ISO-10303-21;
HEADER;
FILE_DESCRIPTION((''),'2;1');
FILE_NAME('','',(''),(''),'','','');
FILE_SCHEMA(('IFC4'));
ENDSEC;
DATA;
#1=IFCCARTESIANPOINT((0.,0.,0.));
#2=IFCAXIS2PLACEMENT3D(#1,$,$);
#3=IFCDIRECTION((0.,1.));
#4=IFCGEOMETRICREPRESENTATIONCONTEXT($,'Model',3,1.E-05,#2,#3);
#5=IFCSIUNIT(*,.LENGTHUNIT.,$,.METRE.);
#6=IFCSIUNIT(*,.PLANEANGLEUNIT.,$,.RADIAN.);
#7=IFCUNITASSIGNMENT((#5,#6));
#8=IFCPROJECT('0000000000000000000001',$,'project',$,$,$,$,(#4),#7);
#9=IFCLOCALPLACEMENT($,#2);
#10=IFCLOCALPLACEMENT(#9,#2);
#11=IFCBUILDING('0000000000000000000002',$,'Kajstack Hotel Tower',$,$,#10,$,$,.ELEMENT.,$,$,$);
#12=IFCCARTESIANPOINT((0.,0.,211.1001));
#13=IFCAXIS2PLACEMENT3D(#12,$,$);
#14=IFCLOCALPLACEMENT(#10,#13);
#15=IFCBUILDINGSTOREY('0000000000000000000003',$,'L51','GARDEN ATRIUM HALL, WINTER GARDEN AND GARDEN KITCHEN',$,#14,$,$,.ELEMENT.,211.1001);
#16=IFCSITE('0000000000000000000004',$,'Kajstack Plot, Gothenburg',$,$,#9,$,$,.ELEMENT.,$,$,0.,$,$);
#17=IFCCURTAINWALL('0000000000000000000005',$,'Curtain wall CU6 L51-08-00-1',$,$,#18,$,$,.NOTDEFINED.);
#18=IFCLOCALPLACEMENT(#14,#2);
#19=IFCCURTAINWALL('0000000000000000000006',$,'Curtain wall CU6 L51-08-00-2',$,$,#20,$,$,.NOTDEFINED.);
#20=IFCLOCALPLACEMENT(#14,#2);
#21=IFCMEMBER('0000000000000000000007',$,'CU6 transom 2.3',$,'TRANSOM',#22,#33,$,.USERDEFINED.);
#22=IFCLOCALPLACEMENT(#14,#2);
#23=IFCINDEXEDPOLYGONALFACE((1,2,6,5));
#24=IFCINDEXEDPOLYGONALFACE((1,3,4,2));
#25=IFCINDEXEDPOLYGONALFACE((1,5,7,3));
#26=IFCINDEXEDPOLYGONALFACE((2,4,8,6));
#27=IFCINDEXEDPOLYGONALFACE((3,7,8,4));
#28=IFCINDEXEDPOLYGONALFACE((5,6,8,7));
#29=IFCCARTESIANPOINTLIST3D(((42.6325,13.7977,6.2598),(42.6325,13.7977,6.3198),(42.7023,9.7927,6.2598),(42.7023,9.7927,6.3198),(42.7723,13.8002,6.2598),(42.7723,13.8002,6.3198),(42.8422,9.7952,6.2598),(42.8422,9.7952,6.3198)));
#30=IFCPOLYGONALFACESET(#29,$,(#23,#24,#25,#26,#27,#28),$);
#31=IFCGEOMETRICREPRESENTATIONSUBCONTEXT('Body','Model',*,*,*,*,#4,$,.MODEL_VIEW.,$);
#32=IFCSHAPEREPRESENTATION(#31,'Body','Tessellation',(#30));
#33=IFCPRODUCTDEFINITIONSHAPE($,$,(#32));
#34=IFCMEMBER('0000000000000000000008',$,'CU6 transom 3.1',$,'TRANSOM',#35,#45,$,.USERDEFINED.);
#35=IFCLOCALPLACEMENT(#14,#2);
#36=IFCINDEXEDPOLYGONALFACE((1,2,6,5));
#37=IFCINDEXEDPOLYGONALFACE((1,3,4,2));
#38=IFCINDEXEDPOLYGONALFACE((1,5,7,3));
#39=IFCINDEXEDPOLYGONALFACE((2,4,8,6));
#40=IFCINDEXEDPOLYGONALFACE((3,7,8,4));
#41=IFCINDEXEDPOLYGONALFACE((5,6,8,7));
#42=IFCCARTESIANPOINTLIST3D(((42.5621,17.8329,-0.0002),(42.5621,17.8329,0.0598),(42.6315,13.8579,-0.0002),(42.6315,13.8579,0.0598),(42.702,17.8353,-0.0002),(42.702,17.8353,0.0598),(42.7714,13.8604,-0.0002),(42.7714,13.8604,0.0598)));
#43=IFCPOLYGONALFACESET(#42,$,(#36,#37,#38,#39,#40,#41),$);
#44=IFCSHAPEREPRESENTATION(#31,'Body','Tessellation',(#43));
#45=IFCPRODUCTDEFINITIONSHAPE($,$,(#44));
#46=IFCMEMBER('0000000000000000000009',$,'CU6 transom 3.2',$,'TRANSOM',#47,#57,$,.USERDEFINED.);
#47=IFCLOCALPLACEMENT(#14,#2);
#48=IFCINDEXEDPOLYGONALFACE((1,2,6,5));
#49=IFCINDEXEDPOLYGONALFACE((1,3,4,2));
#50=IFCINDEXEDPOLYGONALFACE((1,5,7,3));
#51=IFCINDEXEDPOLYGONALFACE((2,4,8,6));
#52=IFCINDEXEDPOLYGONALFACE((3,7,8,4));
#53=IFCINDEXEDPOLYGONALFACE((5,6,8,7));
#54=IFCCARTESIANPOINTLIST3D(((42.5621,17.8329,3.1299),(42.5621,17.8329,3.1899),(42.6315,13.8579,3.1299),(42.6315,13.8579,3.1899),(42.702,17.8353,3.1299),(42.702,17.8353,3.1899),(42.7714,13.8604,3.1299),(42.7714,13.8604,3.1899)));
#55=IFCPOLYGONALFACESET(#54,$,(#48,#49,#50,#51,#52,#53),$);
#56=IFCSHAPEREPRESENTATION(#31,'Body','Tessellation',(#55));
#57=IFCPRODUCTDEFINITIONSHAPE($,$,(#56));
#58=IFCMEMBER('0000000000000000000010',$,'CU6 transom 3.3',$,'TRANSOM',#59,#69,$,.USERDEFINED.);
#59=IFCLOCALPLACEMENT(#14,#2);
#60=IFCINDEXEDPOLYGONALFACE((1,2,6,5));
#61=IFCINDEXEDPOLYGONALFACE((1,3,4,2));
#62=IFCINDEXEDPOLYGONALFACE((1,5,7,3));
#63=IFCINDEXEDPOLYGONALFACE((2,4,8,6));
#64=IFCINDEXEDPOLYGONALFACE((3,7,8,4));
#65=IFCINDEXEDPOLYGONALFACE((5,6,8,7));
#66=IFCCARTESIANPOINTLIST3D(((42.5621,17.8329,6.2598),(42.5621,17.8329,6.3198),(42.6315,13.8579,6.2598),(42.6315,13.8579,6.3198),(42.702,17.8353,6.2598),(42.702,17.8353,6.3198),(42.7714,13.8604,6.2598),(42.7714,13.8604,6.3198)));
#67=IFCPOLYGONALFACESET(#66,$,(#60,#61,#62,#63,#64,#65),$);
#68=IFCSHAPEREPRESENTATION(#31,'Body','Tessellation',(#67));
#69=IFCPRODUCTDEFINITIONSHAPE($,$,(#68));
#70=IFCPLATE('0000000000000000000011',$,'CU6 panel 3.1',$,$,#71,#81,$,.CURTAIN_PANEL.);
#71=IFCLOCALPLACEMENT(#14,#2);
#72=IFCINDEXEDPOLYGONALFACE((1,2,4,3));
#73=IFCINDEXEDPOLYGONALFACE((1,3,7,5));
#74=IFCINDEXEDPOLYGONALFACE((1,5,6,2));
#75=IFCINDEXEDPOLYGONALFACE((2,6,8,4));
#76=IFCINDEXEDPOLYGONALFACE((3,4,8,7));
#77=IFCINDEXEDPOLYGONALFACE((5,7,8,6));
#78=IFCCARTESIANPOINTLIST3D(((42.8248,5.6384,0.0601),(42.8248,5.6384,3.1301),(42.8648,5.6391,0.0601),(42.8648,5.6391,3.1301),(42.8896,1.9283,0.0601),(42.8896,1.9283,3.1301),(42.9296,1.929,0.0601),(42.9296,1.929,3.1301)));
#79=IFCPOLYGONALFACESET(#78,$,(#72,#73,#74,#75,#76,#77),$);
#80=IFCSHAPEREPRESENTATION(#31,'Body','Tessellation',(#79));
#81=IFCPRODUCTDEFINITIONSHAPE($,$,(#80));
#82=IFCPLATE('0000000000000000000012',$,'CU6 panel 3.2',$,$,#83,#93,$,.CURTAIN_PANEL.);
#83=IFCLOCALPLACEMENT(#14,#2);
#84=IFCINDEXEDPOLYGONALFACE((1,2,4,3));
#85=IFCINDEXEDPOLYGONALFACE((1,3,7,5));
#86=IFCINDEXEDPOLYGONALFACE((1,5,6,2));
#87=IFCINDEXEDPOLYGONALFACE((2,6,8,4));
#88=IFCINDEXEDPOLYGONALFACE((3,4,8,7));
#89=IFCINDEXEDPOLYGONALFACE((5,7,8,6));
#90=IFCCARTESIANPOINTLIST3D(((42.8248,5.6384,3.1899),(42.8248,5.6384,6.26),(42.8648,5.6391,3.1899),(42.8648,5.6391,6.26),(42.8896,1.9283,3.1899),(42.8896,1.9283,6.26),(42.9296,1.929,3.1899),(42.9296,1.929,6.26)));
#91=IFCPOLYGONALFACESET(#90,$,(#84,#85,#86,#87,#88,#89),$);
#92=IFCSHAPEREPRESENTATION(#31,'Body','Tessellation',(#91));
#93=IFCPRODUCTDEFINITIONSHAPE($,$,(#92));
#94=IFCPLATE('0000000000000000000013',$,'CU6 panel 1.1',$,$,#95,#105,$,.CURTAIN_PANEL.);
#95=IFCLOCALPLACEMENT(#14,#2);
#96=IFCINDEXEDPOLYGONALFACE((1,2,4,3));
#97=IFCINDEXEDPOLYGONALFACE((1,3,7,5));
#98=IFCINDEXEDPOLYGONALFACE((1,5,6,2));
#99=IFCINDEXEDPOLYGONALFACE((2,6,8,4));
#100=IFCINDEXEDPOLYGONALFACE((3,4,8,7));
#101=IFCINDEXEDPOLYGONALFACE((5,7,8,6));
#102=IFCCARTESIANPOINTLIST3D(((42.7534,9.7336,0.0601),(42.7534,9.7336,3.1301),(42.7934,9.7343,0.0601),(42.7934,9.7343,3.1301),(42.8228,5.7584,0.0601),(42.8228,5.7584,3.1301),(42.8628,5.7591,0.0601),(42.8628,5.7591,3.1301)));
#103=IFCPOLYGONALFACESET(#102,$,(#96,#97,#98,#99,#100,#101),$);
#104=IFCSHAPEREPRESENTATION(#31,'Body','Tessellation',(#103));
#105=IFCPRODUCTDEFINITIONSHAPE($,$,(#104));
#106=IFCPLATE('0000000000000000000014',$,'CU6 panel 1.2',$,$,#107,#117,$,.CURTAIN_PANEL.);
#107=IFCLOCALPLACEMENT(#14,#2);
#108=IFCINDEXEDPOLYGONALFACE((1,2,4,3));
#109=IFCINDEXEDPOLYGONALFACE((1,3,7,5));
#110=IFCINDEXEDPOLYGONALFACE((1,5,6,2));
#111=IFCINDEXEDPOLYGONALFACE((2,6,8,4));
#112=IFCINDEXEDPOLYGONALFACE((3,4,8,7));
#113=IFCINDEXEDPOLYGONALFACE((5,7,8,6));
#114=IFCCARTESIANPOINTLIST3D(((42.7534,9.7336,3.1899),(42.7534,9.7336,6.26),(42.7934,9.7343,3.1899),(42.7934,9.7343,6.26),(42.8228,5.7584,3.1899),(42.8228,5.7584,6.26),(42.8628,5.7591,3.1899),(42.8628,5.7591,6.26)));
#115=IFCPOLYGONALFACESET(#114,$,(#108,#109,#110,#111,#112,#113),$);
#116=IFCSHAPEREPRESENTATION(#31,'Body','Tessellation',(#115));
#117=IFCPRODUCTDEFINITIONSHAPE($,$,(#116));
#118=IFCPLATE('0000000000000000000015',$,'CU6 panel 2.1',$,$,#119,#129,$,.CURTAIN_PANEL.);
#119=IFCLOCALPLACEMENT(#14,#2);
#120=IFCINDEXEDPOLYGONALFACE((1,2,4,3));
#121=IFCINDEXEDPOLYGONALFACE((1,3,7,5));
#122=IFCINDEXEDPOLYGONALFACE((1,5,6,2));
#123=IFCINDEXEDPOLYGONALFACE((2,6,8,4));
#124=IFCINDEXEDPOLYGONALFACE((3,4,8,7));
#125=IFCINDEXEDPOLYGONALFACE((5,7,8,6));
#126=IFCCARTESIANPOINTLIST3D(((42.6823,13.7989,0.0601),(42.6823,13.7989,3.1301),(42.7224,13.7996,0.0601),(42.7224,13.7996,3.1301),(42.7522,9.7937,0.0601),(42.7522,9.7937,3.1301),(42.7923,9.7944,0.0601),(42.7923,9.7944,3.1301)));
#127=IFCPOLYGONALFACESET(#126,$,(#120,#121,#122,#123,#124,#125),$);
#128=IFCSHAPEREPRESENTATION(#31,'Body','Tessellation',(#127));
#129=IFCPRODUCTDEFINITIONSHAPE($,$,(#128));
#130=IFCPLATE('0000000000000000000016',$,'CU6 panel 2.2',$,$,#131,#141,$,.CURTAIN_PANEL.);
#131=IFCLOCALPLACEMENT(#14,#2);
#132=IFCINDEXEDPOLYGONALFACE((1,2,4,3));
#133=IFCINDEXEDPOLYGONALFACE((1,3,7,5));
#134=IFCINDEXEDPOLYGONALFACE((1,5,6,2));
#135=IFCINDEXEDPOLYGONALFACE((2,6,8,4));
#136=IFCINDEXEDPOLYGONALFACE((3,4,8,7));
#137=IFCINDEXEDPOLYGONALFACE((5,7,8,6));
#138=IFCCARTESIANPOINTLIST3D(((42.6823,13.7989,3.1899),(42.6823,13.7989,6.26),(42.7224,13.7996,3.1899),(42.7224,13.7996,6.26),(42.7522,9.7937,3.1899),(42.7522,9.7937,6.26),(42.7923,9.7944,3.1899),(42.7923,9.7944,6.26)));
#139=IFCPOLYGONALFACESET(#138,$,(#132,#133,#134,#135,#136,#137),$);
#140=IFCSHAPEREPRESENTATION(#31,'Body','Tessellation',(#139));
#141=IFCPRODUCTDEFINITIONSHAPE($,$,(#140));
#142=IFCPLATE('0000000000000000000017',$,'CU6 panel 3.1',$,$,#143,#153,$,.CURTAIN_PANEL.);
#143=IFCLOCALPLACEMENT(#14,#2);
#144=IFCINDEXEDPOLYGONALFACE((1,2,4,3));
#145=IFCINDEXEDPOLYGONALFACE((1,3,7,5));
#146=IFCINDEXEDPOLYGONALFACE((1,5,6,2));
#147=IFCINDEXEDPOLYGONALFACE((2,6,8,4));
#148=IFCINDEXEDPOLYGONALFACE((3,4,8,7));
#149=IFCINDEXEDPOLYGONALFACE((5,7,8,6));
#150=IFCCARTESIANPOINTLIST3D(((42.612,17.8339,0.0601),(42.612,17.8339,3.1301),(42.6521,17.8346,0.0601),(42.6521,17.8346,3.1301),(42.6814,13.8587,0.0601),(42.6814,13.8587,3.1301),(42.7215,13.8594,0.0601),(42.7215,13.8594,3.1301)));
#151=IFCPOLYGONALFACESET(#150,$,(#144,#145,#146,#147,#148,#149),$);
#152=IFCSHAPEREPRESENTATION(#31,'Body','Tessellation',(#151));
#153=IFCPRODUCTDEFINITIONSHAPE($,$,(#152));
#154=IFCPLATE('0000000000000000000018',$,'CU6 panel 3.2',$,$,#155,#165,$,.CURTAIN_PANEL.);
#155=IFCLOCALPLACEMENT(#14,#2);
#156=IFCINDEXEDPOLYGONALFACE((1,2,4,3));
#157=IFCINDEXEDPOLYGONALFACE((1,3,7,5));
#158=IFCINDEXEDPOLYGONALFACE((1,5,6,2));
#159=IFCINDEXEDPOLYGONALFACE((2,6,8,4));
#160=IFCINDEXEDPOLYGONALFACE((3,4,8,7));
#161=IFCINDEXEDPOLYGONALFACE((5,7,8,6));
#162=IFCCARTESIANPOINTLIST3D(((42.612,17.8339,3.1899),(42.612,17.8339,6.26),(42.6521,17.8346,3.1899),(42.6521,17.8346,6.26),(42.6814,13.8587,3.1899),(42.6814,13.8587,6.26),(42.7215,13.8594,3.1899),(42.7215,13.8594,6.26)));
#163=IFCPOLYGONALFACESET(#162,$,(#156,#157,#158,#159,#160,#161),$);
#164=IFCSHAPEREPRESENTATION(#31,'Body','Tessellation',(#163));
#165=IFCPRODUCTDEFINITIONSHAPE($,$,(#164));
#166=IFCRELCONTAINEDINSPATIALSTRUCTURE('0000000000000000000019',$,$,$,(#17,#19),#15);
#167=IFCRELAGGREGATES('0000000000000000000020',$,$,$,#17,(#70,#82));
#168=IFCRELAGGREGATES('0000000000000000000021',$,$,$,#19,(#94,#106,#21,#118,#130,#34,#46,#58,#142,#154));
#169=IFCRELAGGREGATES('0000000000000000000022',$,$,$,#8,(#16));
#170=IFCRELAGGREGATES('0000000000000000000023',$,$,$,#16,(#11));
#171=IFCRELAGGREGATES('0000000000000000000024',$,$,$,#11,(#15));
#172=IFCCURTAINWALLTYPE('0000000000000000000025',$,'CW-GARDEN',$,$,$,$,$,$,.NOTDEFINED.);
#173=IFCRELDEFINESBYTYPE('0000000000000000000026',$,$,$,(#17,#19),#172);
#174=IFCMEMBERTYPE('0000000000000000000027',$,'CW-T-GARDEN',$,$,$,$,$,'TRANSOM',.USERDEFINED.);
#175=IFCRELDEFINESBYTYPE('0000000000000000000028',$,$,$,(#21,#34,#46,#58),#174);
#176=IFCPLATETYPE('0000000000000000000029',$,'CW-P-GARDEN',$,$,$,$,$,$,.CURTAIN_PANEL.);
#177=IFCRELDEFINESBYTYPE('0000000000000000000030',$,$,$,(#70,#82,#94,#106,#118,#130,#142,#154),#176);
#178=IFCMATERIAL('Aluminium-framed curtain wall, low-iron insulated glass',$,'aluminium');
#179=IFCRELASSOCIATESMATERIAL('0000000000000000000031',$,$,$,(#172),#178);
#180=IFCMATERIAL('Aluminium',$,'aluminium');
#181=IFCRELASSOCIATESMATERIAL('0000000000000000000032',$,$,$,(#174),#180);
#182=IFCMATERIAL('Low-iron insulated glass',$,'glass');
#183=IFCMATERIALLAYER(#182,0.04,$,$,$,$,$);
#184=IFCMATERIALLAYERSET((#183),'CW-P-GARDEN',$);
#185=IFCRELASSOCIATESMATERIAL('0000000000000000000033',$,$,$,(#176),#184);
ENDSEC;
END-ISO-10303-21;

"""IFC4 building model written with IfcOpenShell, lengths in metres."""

from ifc_helpers import new_model, si_unit, direction, frame, origin, origin_2d, place, context, subcontext, project, spatial, rectangle, extrude, material, layer, layer_set, material_profile, profile_set, type_object, element, aggregate, save


model = new_model("IFC4")

# Units and contexts
model_context = context("Model", 3, precision=1e-05, world=origin(), true_north=direction((0.0, 1.0)))
body_context = subcontext(model_context, "Body", "Model", "MODEL_VIEW")
ifc_project = project(units=[si_unit("LENGTHUNIT", "METRE"), si_unit("PLANEANGLEUNIT", "RADIAN")], contexts=[model_context])

# Site, building, storey
site_placement = place(None, origin())
site = spatial("IfcSite", under=ifc_project, at=site_placement, Name="Kajstack Plot, Gothenburg", CompositionType="ELEMENT", RefElevation=0.0)
building_placement = place(site_placement, origin())
building = spatial("IfcBuilding", under=site, at=building_placement, Name="Kajstack Hotel Tower", CompositionType="ELEMENT")
storey_placement = place(building_placement, frame((0.0, 0.0, 211.1001)))
storey = spatial("IfcBuildingStorey", under=building, at=storey_placement, Name="L51", Description="GARDEN ATRIUM HALL, WINTER GARDEN AND GARDEN KITCHEN", CompositionType="ELEMENT", Elevation=211.1001)

# Curtain walls
ifc_material_1 = material(Name="Aluminium-framed curtain wall, low-iron insulated glass", Category="aluminium")
curtain_wall_type = type_object("IfcCurtainWallType", Name="CW-GARDEN", PredefinedType="NOTDEFINED", material=ifc_material_1)
curtain_wall_1_placement = place(storey_placement, origin())
curtain_wall_1 = element("IfcCurtainWall", 1, at=curtain_wall_1_placement, inside=storey, type_object=curtain_wall_type, Name="Curtain wall CU6 L51-08-00-1", PredefinedType="NOTDEFINED")
ifc_material_2 = material(Name="Aluminium", Category="aluminium")
curtain_wall_2_placement = place(storey_placement, origin())
curtain_wall_2 = element("IfcCurtainWall", 2, at=curtain_wall_2_placement, inside=storey, type_object=curtain_wall_type, Name="Curtain wall CU6 L51-08-00-2", PredefinedType="NOTDEFINED")

# Members
ifc_material_profile_1 = material_profile(ifc_material_2, rectangle(XDim=0.1399, YDim=0.0601, at=origin_2d()), Name="Aluminium transom 140 x 60")
ifc_profile_set_1 = profile_set([ifc_material_profile_1], Name="Aluminium")
member_type_1 = type_object("IfcMemberType", Name="CW-T-GARDEN", ElementType="TRANSOM", PredefinedType="USERDEFINED", material=ifc_profile_set_1)
member_1_placement = place(storey_placement, frame((42.7722, 9.7939, 6.2898), z_axis=(-0.017431, 0.999848, 0.0), x_axis=(-0.999848, -0.017431, 0.0)))
member_1 = element("IfcMember", 3, at=member_1_placement, type_object=member_type_1, Name="CU6 transom 2.3", ObjectType="TRANSOM", PredefinedType="USERDEFINED", context=body_context, shape_type="SweptSolid", body=[
    extrude(rectangle(XDim=0.1399, YDim=0.0601, at=origin_2d()), origin(), (0.0, 0.0, 1.0), 4.0056),
])
member_2_placement = place(storey_placement, frame((42.7014, 13.8591, 0.0298), z_axis=(-0.01744, 0.999848, 0.0), x_axis=(-0.999848, -0.01744, 0.0)))
member_2 = element("IfcMember", 4, at=member_2_placement, type_object=member_type_1, Name="CU6 transom 3.1", ObjectType="TRANSOM", PredefinedType="USERDEFINED", context=body_context, shape_type="SweptSolid", body=[
    extrude(rectangle(XDim=0.1399, YDim=0.0601, at=origin_2d()), origin(), (0.0, 0.0, 1.0), 3.9756),
])
member_3_placement = place(storey_placement, frame((42.7014, 13.8591, 3.1599), z_axis=(-0.01744, 0.999848, 0.0), x_axis=(-0.999848, -0.01744, 0.0)))
member_3 = element("IfcMember", 5, at=member_3_placement, type_object=member_type_1, Name="CU6 transom 3.2", ObjectType="TRANSOM", PredefinedType="USERDEFINED", context=body_context, shape_type="SweptSolid", body=[
    extrude(rectangle(XDim=0.1399, YDim=0.0601, at=origin_2d()), origin(), (0.0, 0.0, 1.0), 3.9756),
])
member_4_placement = place(storey_placement, frame((42.7014, 13.8591, 6.2898), z_axis=(-0.01744, 0.999848, 0.0), x_axis=(-0.999848, -0.01744, 0.0)))
member_4 = element("IfcMember", 6, at=member_4_placement, type_object=member_type_1, Name="CU6 transom 3.3", ObjectType="TRANSOM", PredefinedType="USERDEFINED", context=body_context, shape_type="SweptSolid", body=[
    extrude(rectangle(XDim=0.1399, YDim=0.0601, at=origin_2d()), origin(), (0.0, 0.0, 1.0), 3.9756),
])

# Plates
ifc_material_3 = material(Name="Low-iron insulated glass", Category="glass")
ifc_layer_1 = layer(ifc_material_3, 0.04)
ifc_layer_set_1 = layer_set([ifc_layer_1], Name="CW-P-GARDEN")
plate_type = type_object("IfcPlateType", Name="CW-P-GARDEN", PredefinedType="CURTAIN_PANEL", material=ifc_layer_set_1)
plate_1_placement = place(storey_placement, frame((42.8772, 3.7837, 0.0601), z_axis=(0.0, 0.0, 1.0), x_axis=(-0.017455, 0.999848, 0.0)))
plate_1 = element("IfcPlate", 7, at=plate_1_placement, type_object=plate_type, Name="CU6 panel 3.1", PredefinedType="CURTAIN_PANEL", context=body_context, shape_type="SweptSolid", body=[
    extrude(rectangle(XDim=3.7107, YDim=0.04, at=origin_2d()), origin(), (0.0, 0.0, 1.0), 3.0701),
])
plate_2_placement = place(storey_placement, frame((42.8772, 3.7837, 3.1899), z_axis=(0.0, 0.0, 1.0), x_axis=(-0.017455, 0.999848, 0.0)))
plate_2 = element("IfcPlate", 8, at=plate_2_placement, type_object=plate_type, Name="CU6 panel 3.2", PredefinedType="CURTAIN_PANEL", context=body_context, shape_type="SweptSolid", body=[
    extrude(rectangle(XDim=3.7107, YDim=0.04, at=origin_2d()), origin(), (0.0, 0.0, 1.0), 3.0701),
])
aggregate(curtain_wall_1, [plate_1, plate_2])
plate_3_placement = place(storey_placement, frame((42.8081, 7.7463, 0.0601), z_axis=(0.0, 0.0, 1.0), x_axis=(-0.017455, 0.999848, 0.0)))
plate_3 = element("IfcPlate", 9, at=plate_3_placement, type_object=plate_type, Name="CU6 panel 1.1", PredefinedType="CURTAIN_PANEL", context=body_context, shape_type="SweptSolid", body=[
    extrude(rectangle(XDim=3.9758, YDim=0.04, at=origin_2d()), origin(), (0.0, 0.0, 1.0), 3.0701),
])
plate_4_placement = place(storey_placement, frame((42.8081, 7.7463, 3.1899), z_axis=(0.0, 0.0, 1.0), x_axis=(-0.017455, 0.999848, 0.0)))
plate_4 = element("IfcPlate", 10, at=plate_4_placement, type_object=plate_type, Name="CU6 panel 1.2", PredefinedType="CURTAIN_PANEL", context=body_context, shape_type="SweptSolid", body=[
    extrude(rectangle(XDim=3.9758, YDim=0.04, at=origin_2d()), origin(), (0.0, 0.0, 1.0), 3.0701),
])
plate_5_placement = place(storey_placement, frame((42.7373, 11.7966, 0.0601), z_axis=(0.0, 0.0, 1.0), x_axis=(-0.017455, 0.999848, 0.0)))
plate_5 = element("IfcPlate", 11, at=plate_5_placement, type_object=plate_type, Name="CU6 panel 2.1", PredefinedType="CURTAIN_PANEL", context=body_context, shape_type="SweptSolid", body=[
    extrude(rectangle(XDim=4.0059, YDim=0.04, at=origin_2d()), origin(), (0.0, 0.0, 1.0), 3.0701),
])
plate_6_placement = place(storey_placement, frame((42.7373, 11.7966, 3.1899), z_axis=(0.0, 0.0, 1.0), x_axis=(-0.017455, 0.999848, 0.0)))
plate_6 = element("IfcPlate", 12, at=plate_6_placement, type_object=plate_type, Name="CU6 panel 2.2", PredefinedType="CURTAIN_PANEL", context=body_context, shape_type="SweptSolid", body=[
    extrude(rectangle(XDim=4.0059, YDim=0.04, at=origin_2d()), origin(), (0.0, 0.0, 1.0), 3.0701),
])
plate_7_placement = place(storey_placement, frame((42.6667, 15.8467, 0.0601), z_axis=(0.0, 0.0, 1.0), x_axis=(-0.017455, 0.999848, 0.0)))
plate_7 = element("IfcPlate", 13, at=plate_7_placement, type_object=plate_type, Name="CU6 panel 3.1", PredefinedType="CURTAIN_PANEL", context=body_context, shape_type="SweptSolid", body=[
    extrude(rectangle(XDim=3.9758, YDim=0.04, at=origin_2d()), origin(), (0.0, 0.0, 1.0), 3.0701),
])
plate_8_placement = place(storey_placement, frame((42.6667, 15.8467, 3.1899), z_axis=(0.0, 0.0, 1.0), x_axis=(-0.017455, 0.999848, 0.0)))
plate_8 = element("IfcPlate", 14, at=plate_8_placement, type_object=plate_type, Name="CU6 panel 3.2", PredefinedType="CURTAIN_PANEL", context=body_context, shape_type="SweptSolid", body=[
    extrude(rectangle(XDim=3.9758, YDim=0.04, at=origin_2d()), origin(), (0.0, 0.0, 1.0), 3.0701),
])
aggregate(curtain_wall_2, [plate_3, plate_4, member_1, plate_5, plate_6, member_2, member_3, member_4, plate_7, plate_8])

save(model, "model.ifc")
